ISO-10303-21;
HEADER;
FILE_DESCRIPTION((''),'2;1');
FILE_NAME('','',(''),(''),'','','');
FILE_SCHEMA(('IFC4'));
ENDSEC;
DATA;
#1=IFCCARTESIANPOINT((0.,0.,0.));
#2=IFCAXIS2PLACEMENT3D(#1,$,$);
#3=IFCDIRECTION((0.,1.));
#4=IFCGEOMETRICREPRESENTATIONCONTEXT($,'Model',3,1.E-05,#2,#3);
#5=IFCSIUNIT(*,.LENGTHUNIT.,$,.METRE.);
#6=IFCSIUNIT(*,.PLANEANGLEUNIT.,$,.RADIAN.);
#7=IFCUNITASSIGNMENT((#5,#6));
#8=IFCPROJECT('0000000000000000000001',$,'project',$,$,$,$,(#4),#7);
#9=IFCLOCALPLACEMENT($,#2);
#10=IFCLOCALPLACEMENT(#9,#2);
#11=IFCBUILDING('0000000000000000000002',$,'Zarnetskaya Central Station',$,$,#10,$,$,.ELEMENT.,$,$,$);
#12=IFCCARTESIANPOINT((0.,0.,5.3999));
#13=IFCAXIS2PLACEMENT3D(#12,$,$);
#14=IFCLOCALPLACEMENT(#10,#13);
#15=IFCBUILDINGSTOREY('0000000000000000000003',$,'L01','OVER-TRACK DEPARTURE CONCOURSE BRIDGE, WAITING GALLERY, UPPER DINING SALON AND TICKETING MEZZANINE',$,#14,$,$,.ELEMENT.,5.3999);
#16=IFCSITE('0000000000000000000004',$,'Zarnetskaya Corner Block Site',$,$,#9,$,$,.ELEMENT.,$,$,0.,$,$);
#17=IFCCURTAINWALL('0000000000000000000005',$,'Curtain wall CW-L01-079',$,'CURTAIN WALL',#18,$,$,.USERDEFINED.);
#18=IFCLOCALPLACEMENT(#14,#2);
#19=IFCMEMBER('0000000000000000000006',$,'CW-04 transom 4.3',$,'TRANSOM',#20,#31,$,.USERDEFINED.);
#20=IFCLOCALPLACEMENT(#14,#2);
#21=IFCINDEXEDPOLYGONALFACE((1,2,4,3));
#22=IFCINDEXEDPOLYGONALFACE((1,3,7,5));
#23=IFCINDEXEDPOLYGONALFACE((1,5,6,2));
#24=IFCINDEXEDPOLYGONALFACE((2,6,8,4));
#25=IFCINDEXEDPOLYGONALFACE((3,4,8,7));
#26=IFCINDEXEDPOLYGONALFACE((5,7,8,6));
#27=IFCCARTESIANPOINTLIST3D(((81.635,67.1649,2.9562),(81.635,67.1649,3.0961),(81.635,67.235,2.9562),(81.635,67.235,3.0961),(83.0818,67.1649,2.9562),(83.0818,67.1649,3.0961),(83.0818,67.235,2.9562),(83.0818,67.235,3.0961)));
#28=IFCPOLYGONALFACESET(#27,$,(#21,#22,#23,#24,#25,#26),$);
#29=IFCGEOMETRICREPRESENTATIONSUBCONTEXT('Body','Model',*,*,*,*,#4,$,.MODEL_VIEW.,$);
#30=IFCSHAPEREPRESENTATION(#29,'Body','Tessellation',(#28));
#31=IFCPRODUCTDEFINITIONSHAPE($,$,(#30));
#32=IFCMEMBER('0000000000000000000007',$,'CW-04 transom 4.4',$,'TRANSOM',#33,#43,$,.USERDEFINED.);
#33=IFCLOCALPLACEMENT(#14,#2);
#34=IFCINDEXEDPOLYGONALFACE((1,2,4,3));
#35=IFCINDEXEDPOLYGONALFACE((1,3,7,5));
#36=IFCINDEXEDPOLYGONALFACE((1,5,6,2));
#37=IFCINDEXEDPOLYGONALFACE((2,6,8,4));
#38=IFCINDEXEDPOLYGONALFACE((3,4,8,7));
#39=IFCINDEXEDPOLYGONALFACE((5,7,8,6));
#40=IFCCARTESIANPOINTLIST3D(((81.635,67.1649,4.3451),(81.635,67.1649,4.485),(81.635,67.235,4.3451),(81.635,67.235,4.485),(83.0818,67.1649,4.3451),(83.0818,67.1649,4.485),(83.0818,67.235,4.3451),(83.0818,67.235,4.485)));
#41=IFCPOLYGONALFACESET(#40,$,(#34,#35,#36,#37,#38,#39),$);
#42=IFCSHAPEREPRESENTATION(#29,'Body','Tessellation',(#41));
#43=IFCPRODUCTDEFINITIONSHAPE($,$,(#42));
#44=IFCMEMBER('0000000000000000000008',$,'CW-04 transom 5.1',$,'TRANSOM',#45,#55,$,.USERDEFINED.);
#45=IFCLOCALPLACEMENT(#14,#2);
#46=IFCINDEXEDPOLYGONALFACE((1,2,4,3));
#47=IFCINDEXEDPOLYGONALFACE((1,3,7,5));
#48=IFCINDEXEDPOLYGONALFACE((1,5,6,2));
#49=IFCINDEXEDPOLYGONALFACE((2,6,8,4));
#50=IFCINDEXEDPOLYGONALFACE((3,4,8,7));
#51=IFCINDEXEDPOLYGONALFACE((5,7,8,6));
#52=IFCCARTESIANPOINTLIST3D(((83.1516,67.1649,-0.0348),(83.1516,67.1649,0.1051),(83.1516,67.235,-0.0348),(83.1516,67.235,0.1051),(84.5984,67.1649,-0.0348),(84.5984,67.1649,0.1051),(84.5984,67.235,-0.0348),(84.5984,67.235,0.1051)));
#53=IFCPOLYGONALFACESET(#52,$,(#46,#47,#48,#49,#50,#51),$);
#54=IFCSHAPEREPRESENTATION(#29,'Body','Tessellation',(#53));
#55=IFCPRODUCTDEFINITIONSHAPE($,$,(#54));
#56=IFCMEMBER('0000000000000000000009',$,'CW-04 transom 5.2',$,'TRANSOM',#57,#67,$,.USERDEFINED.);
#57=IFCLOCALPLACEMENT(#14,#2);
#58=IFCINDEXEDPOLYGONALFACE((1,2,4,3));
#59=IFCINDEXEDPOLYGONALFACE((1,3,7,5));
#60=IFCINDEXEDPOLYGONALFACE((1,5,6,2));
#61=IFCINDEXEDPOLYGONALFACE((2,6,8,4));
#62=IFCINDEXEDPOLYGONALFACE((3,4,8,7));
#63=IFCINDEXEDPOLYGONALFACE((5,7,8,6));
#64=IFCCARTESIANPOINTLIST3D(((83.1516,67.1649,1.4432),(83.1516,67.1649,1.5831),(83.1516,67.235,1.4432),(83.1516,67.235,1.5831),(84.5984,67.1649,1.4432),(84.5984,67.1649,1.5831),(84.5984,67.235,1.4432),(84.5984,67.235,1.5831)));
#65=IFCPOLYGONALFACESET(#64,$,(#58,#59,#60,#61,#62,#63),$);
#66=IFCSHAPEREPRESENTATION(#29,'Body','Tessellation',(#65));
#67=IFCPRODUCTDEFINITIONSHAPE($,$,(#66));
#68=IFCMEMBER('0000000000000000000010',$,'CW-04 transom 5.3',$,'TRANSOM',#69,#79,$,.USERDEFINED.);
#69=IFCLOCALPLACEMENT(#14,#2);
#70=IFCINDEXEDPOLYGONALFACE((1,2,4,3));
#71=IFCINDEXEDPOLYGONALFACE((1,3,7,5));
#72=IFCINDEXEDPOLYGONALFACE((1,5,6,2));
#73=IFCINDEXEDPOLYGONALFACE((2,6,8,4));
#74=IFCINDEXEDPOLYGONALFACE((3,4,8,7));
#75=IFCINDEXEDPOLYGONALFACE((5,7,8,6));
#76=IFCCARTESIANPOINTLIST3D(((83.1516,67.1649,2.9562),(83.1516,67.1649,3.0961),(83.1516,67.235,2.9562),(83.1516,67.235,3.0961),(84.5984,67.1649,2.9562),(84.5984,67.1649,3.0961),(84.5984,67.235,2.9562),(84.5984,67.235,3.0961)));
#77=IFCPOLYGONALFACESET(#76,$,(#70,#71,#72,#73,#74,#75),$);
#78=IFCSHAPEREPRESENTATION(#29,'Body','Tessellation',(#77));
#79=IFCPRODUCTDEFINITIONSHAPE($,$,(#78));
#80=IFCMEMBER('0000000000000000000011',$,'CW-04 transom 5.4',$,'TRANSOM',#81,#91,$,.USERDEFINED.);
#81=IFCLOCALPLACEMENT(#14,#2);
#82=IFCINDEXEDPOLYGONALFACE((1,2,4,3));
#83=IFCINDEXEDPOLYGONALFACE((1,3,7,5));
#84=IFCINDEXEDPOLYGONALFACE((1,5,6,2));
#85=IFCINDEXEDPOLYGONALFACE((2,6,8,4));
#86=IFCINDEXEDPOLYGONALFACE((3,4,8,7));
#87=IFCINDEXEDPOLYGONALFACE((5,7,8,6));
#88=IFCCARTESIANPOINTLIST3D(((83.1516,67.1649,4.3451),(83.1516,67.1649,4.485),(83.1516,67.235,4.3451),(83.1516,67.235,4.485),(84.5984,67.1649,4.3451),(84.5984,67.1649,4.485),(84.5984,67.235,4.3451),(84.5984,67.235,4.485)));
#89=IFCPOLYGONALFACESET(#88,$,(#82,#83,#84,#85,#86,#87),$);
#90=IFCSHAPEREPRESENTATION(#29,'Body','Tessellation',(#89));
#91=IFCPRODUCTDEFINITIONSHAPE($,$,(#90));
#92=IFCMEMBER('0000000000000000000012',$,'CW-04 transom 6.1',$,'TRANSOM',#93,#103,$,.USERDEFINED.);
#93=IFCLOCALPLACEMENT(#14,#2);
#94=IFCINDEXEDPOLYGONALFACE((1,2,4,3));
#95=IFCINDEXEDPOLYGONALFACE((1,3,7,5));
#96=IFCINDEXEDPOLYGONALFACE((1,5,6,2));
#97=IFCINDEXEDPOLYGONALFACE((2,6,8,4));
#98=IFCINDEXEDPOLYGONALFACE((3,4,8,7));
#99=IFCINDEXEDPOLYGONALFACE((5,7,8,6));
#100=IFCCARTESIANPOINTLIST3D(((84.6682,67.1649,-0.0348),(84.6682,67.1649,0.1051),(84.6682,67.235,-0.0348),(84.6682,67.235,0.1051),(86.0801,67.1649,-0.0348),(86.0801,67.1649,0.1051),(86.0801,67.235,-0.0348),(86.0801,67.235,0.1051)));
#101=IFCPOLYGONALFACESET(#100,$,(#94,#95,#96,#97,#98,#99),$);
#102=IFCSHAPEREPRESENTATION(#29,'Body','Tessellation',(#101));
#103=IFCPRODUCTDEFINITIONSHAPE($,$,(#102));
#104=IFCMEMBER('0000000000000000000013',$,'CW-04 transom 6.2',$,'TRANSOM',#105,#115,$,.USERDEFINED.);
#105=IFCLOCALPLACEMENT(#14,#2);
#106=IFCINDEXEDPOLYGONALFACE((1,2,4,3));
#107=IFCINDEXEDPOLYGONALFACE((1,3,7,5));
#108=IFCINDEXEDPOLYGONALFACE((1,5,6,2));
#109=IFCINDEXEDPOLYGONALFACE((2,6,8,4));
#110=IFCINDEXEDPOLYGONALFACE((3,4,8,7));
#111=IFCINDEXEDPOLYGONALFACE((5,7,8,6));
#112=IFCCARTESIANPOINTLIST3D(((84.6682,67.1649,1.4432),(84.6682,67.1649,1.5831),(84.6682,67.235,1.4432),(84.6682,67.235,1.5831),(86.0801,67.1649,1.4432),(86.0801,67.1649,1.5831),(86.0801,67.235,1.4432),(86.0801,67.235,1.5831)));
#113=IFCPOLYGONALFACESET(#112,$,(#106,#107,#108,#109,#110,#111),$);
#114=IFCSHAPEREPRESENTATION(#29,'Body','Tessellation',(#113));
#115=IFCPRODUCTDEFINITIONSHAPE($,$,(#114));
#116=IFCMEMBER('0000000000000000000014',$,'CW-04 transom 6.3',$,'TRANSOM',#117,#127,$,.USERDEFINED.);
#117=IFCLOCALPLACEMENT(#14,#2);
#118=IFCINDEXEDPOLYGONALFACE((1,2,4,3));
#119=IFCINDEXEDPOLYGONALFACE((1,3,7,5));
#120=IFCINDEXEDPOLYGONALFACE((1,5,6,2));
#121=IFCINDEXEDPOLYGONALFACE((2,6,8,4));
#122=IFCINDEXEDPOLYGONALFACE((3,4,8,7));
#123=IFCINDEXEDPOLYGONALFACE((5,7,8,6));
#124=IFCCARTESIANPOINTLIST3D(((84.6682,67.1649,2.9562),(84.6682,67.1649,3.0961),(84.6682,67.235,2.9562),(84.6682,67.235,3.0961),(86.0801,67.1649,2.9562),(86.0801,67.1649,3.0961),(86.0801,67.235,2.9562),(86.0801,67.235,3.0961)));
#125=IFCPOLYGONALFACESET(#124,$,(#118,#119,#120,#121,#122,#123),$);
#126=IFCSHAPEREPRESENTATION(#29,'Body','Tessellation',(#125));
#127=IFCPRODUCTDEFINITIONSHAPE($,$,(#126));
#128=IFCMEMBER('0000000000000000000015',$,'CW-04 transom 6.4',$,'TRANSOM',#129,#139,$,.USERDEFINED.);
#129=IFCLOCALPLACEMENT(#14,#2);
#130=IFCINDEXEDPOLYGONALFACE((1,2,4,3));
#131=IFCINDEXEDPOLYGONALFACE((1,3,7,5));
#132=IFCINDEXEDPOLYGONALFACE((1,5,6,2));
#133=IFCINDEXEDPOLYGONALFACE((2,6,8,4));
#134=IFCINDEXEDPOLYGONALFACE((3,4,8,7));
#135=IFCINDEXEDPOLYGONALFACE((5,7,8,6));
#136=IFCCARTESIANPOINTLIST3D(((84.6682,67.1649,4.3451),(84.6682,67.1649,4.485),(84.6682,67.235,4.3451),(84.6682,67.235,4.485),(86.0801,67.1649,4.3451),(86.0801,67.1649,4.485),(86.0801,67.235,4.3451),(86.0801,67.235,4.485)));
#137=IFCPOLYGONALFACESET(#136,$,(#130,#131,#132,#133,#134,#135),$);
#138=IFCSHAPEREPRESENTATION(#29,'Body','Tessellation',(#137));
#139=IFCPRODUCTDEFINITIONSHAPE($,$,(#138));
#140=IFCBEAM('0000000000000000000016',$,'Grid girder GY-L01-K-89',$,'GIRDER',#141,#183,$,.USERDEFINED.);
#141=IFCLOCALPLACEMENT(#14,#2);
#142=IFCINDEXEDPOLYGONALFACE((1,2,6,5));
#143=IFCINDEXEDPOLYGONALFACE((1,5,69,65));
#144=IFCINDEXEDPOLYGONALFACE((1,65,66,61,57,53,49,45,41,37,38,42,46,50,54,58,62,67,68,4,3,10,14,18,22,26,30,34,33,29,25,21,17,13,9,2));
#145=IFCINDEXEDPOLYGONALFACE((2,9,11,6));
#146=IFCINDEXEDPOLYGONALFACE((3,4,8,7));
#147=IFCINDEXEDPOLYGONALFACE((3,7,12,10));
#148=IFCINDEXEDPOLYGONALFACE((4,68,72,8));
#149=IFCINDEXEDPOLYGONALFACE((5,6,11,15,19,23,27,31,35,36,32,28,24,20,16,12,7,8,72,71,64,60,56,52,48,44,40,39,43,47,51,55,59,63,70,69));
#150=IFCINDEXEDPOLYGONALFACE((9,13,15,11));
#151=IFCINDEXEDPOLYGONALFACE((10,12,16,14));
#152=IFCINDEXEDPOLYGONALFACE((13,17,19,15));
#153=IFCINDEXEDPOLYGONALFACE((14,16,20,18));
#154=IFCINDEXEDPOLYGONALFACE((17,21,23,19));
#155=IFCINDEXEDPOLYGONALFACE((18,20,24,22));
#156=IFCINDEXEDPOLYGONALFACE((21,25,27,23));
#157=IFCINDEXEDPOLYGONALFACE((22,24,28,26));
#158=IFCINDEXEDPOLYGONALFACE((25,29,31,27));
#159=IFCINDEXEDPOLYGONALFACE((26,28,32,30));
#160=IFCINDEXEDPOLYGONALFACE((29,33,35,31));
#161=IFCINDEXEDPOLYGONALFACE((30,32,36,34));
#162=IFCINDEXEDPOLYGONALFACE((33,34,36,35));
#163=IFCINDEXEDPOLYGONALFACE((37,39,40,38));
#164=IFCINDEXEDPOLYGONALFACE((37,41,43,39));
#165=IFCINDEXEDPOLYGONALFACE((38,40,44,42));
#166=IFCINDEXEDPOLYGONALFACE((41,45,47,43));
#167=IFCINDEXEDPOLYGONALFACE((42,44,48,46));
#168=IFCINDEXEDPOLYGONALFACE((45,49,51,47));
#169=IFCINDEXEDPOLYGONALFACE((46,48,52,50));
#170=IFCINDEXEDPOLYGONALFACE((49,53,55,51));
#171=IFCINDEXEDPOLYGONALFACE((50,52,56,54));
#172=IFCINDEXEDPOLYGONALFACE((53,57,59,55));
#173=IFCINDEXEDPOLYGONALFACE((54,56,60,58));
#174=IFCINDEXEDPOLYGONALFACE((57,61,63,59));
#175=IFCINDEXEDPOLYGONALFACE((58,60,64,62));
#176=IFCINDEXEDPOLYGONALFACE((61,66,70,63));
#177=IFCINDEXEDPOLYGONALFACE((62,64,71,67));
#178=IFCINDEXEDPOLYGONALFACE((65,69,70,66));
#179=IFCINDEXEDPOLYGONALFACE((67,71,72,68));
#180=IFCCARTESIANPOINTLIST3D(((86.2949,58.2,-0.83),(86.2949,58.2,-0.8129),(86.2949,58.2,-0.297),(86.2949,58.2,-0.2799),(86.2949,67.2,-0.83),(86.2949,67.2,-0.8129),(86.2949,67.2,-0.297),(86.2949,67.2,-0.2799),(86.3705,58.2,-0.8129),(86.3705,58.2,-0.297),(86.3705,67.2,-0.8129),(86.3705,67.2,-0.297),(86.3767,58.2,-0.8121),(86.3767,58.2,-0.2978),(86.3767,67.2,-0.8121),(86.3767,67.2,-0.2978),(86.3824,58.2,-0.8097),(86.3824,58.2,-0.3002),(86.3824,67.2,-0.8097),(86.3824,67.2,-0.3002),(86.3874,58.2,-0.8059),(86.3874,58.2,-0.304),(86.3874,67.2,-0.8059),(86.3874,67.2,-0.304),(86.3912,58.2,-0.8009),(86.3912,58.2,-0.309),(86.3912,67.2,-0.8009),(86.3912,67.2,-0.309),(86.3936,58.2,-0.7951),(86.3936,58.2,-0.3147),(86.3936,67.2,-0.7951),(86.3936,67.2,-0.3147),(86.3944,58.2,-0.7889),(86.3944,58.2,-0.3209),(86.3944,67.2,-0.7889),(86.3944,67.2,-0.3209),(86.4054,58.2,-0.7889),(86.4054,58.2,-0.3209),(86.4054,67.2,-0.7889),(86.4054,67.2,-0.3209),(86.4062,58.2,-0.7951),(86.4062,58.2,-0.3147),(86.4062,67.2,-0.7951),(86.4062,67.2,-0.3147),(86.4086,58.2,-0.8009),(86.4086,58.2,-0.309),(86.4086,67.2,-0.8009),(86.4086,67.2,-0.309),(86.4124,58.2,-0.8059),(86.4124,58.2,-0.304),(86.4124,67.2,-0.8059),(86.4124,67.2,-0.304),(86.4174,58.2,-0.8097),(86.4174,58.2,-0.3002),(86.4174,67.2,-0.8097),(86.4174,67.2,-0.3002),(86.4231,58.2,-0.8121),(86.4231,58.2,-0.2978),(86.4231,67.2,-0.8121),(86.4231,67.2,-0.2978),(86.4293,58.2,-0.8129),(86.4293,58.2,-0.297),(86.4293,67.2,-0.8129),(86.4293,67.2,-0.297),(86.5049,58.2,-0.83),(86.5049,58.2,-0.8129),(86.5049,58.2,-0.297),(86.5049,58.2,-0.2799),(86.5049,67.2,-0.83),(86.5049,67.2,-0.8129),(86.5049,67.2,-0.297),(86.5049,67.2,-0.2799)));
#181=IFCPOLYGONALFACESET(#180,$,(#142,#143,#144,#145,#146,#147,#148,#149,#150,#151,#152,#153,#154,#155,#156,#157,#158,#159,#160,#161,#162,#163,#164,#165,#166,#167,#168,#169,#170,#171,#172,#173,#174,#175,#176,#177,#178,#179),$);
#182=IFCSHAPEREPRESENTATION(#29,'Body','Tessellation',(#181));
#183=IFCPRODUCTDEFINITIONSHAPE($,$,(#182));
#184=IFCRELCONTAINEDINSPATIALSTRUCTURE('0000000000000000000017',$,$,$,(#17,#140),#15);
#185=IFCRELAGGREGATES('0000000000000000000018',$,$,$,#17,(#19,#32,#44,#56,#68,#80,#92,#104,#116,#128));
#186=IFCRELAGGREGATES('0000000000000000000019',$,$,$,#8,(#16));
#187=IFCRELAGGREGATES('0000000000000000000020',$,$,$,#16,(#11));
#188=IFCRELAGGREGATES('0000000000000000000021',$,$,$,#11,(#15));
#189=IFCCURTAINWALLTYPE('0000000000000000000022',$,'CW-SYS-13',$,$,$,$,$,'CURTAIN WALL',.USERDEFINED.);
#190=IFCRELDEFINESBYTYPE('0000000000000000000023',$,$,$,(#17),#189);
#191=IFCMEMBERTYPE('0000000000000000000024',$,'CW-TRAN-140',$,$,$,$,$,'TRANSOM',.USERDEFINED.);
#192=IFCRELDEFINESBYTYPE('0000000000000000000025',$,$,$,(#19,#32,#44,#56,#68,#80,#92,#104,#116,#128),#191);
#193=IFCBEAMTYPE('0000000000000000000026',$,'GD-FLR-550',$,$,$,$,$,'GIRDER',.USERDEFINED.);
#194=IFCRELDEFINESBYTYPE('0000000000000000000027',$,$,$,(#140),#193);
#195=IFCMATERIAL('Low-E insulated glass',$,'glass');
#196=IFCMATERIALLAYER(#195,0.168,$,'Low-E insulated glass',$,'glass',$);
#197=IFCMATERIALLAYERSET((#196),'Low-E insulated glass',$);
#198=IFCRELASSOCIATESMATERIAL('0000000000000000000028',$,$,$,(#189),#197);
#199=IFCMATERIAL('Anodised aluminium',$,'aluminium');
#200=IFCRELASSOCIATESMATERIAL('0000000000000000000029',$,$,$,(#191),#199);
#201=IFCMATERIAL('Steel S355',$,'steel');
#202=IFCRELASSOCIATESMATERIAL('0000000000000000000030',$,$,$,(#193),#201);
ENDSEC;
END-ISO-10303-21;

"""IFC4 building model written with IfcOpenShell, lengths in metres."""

from ifc_helpers import new_model, si_unit, direction, frame, origin, origin_2d, place, context, subcontext, project, spatial, rectangle, i_section, extrude, material, layer, layer_set, material_profile, profile_set, type_object, element, aggregate, save


model = new_model("IFC4")

# Units and contexts
model_context = context("Model", 3, precision=1e-05, world=origin(), true_north=direction((0.0, 1.0)))
body_context = subcontext(model_context, "Body", "Model", "MODEL_VIEW")
ifc_project = project(units=[si_unit("LENGTHUNIT", "METRE"), si_unit("PLANEANGLEUNIT", "RADIAN")], contexts=[model_context])

# Site, building, storey
site_placement = place(None, origin())
site = spatial("IfcSite", under=ifc_project, at=site_placement, Name="Zarnetskaya Corner Block Site", CompositionType="ELEMENT", RefElevation=0.0)
building_placement = place(site_placement, origin())
building = spatial("IfcBuilding", under=site, at=building_placement, Name="Zarnetskaya Central Station", CompositionType="ELEMENT")
storey_placement = place(building_placement, frame((0.0, 0.0, 5.3999)))
storey = spatial("IfcBuildingStorey", under=building, at=storey_placement, Name="L01", Description="OVER-TRACK DEPARTURE CONCOURSE BRIDGE, WAITING GALLERY, UPPER DINING SALON AND TICKETING MEZZANINE", CompositionType="ELEMENT", Elevation=5.3999)

# Shared definitions
ifc_material_1 = material(Name="Steel S355", Category="steel")

# Curtain wall, members
ifc_material_2 = material(Name="Low-E insulated glass", Category="glass")
ifc_layer_1 = layer(ifc_material_2, 0.168, Name="Low-E insulated glass", Category="glass")
ifc_layer_set_1 = layer_set([ifc_layer_1], Name="Low-E insulated glass")
curtain_wall_type = type_object("IfcCurtainWallType", Name="CW-SYS-13", ElementType="CURTAIN WALL", PredefinedType="USERDEFINED", material=ifc_layer_set_1)
curtain_wall_placement = place(storey_placement, origin())
curtain_wall = element("IfcCurtainWall", 1, at=curtain_wall_placement, inside=storey, type_object=curtain_wall_type, Name="Curtain wall CW-L01-079", ObjectType="CURTAIN WALL", PredefinedType="USERDEFINED")
ifc_material_3 = material(Name="Anodised aluminium", Category="aluminium")
ifc_material_profile_1 = material_profile(ifc_material_3, rectangle(XDim=0.0701, YDim=0.1399, at=origin_2d()), Name="ALU TRAN 70x140")
ifc_profile_set_1 = profile_set([ifc_material_profile_1], Name="Anodised aluminium")
member_type_1 = type_object("IfcMemberType", Name="CW-TRAN-140", ElementType="TRANSOM", PredefinedType="USERDEFINED", material=ifc_profile_set_1)
member_1_placement = place(storey_placement, frame((81.635, 67.2, 3.0261), z_axis=(1.0, 0.0, 0.0), x_axis=(0.0, 1.0, 0.0)))
member_1 = element("IfcMember", 2, at=member_1_placement, type_object=member_type_1, Name="CW-04 transom 4.3", ObjectType="TRANSOM", PredefinedType="USERDEFINED", context=body_context, shape_type="SweptSolid", body=[
    extrude(rectangle(XDim=0.0701, YDim=0.1399, at=origin_2d()), origin(), (0.0, 0.0, 1.0), 1.4468),
])
member_2_placement = place(storey_placement, frame((81.635, 67.2, 4.415), z_axis=(1.0, 0.0, 0.0), x_axis=(0.0, 1.0, 0.0)))
member_2 = element("IfcMember", 3, at=member_2_placement, type_object=member_type_1, Name="CW-04 transom 4.4", ObjectType="TRANSOM", PredefinedType="USERDEFINED", context=body_context, shape_type="SweptSolid", body=[
    extrude(rectangle(XDim=0.0701, YDim=0.1399, at=origin_2d()), origin(), (0.0, 0.0, 1.0), 1.4468),
])
member_3_placement = place(storey_placement, frame((83.1516, 67.2, 0.0352), z_axis=(1.0, 0.0, 0.0), x_axis=(0.0, 1.0, 0.0)))
member_3 = element("IfcMember", 4, at=member_3_placement, type_object=member_type_1, Name="CW-04 transom 5.1", ObjectType="TRANSOM", PredefinedType="USERDEFINED", context=body_context, shape_type="SweptSolid", body=[
    extrude(rectangle(XDim=0.0701, YDim=0.1399, at=origin_2d()), origin(), (0.0, 0.0, 1.0), 1.4468),
])
member_4_placement = place(storey_placement, frame((83.1516, 67.2, 1.5132), z_axis=(1.0, 0.0, 0.0), x_axis=(0.0, 1.0, 0.0)))
member_4 = element("IfcMember", 5, at=member_4_placement, type_object=member_type_1, Name="CW-04 transom 5.2", ObjectType="TRANSOM", PredefinedType="USERDEFINED", context=body_context, shape_type="SweptSolid", body=[
    extrude(rectangle(XDim=0.0701, YDim=0.1399, at=origin_2d()), origin(), (0.0, 0.0, 1.0), 1.4468),
])
member_5_placement = place(storey_placement, frame((83.1516, 67.2, 3.0261), z_axis=(1.0, 0.0, 0.0), x_axis=(0.0, 1.0, 0.0)))
member_5 = element("IfcMember", 6, at=member_5_placement, type_object=member_type_1, Name="CW-04 transom 5.3", ObjectType="TRANSOM", PredefinedType="USERDEFINED", context=body_context, shape_type="SweptSolid", body=[
    extrude(rectangle(XDim=0.0701, YDim=0.1399, at=origin_2d()), origin(), (0.0, 0.0, 1.0), 1.4468),
])
member_6_placement = place(storey_placement, frame((83.1516, 67.2, 4.415), z_axis=(1.0, 0.0, 0.0), x_axis=(0.0, 1.0, 0.0)))
member_6 = element("IfcMember", 7, at=member_6_placement, type_object=member_type_1, Name="CW-04 transom 5.4", ObjectType="TRANSOM", PredefinedType="USERDEFINED", context=body_context, shape_type="SweptSolid", body=[
    extrude(rectangle(XDim=0.0701, YDim=0.1399, at=origin_2d()), origin(), (0.0, 0.0, 1.0), 1.4468),
])
member_7_placement = place(storey_placement, frame((84.6682, 67.2, 0.0352), z_axis=(1.0, 0.0, 0.0), x_axis=(0.0, 1.0, 0.0)))
member_7 = element("IfcMember", 8, at=member_7_placement, type_object=member_type_1, Name="CW-04 transom 6.1", ObjectType="TRANSOM", PredefinedType="USERDEFINED", context=body_context, shape_type="SweptSolid", body=[
    extrude(rectangle(XDim=0.0701, YDim=0.1399, at=origin_2d()), origin(), (0.0, 0.0, 1.0), 1.4119),
])
member_8_placement = place(storey_placement, frame((84.6682, 67.2, 1.5132), z_axis=(1.0, 0.0, 0.0), x_axis=(0.0, 1.0, 0.0)))
member_8 = element("IfcMember", 9, at=member_8_placement, type_object=member_type_1, Name="CW-04 transom 6.2", ObjectType="TRANSOM", PredefinedType="USERDEFINED", context=body_context, shape_type="SweptSolid", body=[
    extrude(rectangle(XDim=0.0701, YDim=0.1399, at=origin_2d()), origin(), (0.0, 0.0, 1.0), 1.4119),
])
member_9_placement = place(storey_placement, frame((84.6682, 67.2, 3.0261), z_axis=(1.0, 0.0, 0.0), x_axis=(0.0, 1.0, 0.0)))
member_9 = element("IfcMember", 10, at=member_9_placement, type_object=member_type_1, Name="CW-04 transom 6.3", ObjectType="TRANSOM", PredefinedType="USERDEFINED", context=body_context, shape_type="SweptSolid", body=[
    extrude(rectangle(XDim=0.0701, YDim=0.1399, at=origin_2d()), origin(), (0.0, 0.0, 1.0), 1.4119),
])
member_10_placement = place(storey_placement, frame((84.6682, 67.2, 4.415), z_axis=(1.0, 0.0, 0.0), x_axis=(0.0, 1.0, 0.0)))
member_10 = element("IfcMember", 11, at=member_10_placement, type_object=member_type_1, Name="CW-04 transom 6.4", ObjectType="TRANSOM", PredefinedType="USERDEFINED", context=body_context, shape_type="SweptSolid", body=[
    extrude(rectangle(XDim=0.0701, YDim=0.1399, at=origin_2d()), origin(), (0.0, 0.0, 1.0), 1.4119),
])

# Beam
ifc_material_profile_2 = material_profile(ifc_material_1, i_section(OverallWidth=0.21, OverallDepth=0.55, WebThickness=0.011, FlangeThickness=0.0171, FilletRadius=0.0239, at=origin_2d()), Name="IPE 550")
ifc_profile_set_2 = profile_set([ifc_material_profile_2], Name="Steel S355")
beam_type_1 = type_object("IfcBeamType", Name="GD-FLR-550", ElementType="GIRDER", PredefinedType="USERDEFINED", material=ifc_profile_set_2)
beam_1_placement = place(storey_placement, frame((86.3999, 58.2, -0.5549), z_axis=(0.0, 1.0, 0.0), x_axis=(-1.0, 0.0, 0.0)))
element("IfcBeam", 12, at=beam_1_placement, inside=storey, type_object=beam_type_1, Name="Grid girder GY-L01-K-89", ObjectType="GIRDER", PredefinedType="USERDEFINED", context=body_context, shape_type="SweptSolid", body=[
    extrude(i_section(OverallWidth=0.21, OverallDepth=0.55, WebThickness=0.011, FlangeThickness=0.0171, FilletRadius=0.0239, at=origin_2d()), origin(), (0.0, 0.0, 1.0), 9.0),
])

aggregate(curtain_wall, [member_1, member_2, member_3, member_4, member_5, member_6, member_7, member_8, member_9, member_10])

save(model, "model.ifc")
